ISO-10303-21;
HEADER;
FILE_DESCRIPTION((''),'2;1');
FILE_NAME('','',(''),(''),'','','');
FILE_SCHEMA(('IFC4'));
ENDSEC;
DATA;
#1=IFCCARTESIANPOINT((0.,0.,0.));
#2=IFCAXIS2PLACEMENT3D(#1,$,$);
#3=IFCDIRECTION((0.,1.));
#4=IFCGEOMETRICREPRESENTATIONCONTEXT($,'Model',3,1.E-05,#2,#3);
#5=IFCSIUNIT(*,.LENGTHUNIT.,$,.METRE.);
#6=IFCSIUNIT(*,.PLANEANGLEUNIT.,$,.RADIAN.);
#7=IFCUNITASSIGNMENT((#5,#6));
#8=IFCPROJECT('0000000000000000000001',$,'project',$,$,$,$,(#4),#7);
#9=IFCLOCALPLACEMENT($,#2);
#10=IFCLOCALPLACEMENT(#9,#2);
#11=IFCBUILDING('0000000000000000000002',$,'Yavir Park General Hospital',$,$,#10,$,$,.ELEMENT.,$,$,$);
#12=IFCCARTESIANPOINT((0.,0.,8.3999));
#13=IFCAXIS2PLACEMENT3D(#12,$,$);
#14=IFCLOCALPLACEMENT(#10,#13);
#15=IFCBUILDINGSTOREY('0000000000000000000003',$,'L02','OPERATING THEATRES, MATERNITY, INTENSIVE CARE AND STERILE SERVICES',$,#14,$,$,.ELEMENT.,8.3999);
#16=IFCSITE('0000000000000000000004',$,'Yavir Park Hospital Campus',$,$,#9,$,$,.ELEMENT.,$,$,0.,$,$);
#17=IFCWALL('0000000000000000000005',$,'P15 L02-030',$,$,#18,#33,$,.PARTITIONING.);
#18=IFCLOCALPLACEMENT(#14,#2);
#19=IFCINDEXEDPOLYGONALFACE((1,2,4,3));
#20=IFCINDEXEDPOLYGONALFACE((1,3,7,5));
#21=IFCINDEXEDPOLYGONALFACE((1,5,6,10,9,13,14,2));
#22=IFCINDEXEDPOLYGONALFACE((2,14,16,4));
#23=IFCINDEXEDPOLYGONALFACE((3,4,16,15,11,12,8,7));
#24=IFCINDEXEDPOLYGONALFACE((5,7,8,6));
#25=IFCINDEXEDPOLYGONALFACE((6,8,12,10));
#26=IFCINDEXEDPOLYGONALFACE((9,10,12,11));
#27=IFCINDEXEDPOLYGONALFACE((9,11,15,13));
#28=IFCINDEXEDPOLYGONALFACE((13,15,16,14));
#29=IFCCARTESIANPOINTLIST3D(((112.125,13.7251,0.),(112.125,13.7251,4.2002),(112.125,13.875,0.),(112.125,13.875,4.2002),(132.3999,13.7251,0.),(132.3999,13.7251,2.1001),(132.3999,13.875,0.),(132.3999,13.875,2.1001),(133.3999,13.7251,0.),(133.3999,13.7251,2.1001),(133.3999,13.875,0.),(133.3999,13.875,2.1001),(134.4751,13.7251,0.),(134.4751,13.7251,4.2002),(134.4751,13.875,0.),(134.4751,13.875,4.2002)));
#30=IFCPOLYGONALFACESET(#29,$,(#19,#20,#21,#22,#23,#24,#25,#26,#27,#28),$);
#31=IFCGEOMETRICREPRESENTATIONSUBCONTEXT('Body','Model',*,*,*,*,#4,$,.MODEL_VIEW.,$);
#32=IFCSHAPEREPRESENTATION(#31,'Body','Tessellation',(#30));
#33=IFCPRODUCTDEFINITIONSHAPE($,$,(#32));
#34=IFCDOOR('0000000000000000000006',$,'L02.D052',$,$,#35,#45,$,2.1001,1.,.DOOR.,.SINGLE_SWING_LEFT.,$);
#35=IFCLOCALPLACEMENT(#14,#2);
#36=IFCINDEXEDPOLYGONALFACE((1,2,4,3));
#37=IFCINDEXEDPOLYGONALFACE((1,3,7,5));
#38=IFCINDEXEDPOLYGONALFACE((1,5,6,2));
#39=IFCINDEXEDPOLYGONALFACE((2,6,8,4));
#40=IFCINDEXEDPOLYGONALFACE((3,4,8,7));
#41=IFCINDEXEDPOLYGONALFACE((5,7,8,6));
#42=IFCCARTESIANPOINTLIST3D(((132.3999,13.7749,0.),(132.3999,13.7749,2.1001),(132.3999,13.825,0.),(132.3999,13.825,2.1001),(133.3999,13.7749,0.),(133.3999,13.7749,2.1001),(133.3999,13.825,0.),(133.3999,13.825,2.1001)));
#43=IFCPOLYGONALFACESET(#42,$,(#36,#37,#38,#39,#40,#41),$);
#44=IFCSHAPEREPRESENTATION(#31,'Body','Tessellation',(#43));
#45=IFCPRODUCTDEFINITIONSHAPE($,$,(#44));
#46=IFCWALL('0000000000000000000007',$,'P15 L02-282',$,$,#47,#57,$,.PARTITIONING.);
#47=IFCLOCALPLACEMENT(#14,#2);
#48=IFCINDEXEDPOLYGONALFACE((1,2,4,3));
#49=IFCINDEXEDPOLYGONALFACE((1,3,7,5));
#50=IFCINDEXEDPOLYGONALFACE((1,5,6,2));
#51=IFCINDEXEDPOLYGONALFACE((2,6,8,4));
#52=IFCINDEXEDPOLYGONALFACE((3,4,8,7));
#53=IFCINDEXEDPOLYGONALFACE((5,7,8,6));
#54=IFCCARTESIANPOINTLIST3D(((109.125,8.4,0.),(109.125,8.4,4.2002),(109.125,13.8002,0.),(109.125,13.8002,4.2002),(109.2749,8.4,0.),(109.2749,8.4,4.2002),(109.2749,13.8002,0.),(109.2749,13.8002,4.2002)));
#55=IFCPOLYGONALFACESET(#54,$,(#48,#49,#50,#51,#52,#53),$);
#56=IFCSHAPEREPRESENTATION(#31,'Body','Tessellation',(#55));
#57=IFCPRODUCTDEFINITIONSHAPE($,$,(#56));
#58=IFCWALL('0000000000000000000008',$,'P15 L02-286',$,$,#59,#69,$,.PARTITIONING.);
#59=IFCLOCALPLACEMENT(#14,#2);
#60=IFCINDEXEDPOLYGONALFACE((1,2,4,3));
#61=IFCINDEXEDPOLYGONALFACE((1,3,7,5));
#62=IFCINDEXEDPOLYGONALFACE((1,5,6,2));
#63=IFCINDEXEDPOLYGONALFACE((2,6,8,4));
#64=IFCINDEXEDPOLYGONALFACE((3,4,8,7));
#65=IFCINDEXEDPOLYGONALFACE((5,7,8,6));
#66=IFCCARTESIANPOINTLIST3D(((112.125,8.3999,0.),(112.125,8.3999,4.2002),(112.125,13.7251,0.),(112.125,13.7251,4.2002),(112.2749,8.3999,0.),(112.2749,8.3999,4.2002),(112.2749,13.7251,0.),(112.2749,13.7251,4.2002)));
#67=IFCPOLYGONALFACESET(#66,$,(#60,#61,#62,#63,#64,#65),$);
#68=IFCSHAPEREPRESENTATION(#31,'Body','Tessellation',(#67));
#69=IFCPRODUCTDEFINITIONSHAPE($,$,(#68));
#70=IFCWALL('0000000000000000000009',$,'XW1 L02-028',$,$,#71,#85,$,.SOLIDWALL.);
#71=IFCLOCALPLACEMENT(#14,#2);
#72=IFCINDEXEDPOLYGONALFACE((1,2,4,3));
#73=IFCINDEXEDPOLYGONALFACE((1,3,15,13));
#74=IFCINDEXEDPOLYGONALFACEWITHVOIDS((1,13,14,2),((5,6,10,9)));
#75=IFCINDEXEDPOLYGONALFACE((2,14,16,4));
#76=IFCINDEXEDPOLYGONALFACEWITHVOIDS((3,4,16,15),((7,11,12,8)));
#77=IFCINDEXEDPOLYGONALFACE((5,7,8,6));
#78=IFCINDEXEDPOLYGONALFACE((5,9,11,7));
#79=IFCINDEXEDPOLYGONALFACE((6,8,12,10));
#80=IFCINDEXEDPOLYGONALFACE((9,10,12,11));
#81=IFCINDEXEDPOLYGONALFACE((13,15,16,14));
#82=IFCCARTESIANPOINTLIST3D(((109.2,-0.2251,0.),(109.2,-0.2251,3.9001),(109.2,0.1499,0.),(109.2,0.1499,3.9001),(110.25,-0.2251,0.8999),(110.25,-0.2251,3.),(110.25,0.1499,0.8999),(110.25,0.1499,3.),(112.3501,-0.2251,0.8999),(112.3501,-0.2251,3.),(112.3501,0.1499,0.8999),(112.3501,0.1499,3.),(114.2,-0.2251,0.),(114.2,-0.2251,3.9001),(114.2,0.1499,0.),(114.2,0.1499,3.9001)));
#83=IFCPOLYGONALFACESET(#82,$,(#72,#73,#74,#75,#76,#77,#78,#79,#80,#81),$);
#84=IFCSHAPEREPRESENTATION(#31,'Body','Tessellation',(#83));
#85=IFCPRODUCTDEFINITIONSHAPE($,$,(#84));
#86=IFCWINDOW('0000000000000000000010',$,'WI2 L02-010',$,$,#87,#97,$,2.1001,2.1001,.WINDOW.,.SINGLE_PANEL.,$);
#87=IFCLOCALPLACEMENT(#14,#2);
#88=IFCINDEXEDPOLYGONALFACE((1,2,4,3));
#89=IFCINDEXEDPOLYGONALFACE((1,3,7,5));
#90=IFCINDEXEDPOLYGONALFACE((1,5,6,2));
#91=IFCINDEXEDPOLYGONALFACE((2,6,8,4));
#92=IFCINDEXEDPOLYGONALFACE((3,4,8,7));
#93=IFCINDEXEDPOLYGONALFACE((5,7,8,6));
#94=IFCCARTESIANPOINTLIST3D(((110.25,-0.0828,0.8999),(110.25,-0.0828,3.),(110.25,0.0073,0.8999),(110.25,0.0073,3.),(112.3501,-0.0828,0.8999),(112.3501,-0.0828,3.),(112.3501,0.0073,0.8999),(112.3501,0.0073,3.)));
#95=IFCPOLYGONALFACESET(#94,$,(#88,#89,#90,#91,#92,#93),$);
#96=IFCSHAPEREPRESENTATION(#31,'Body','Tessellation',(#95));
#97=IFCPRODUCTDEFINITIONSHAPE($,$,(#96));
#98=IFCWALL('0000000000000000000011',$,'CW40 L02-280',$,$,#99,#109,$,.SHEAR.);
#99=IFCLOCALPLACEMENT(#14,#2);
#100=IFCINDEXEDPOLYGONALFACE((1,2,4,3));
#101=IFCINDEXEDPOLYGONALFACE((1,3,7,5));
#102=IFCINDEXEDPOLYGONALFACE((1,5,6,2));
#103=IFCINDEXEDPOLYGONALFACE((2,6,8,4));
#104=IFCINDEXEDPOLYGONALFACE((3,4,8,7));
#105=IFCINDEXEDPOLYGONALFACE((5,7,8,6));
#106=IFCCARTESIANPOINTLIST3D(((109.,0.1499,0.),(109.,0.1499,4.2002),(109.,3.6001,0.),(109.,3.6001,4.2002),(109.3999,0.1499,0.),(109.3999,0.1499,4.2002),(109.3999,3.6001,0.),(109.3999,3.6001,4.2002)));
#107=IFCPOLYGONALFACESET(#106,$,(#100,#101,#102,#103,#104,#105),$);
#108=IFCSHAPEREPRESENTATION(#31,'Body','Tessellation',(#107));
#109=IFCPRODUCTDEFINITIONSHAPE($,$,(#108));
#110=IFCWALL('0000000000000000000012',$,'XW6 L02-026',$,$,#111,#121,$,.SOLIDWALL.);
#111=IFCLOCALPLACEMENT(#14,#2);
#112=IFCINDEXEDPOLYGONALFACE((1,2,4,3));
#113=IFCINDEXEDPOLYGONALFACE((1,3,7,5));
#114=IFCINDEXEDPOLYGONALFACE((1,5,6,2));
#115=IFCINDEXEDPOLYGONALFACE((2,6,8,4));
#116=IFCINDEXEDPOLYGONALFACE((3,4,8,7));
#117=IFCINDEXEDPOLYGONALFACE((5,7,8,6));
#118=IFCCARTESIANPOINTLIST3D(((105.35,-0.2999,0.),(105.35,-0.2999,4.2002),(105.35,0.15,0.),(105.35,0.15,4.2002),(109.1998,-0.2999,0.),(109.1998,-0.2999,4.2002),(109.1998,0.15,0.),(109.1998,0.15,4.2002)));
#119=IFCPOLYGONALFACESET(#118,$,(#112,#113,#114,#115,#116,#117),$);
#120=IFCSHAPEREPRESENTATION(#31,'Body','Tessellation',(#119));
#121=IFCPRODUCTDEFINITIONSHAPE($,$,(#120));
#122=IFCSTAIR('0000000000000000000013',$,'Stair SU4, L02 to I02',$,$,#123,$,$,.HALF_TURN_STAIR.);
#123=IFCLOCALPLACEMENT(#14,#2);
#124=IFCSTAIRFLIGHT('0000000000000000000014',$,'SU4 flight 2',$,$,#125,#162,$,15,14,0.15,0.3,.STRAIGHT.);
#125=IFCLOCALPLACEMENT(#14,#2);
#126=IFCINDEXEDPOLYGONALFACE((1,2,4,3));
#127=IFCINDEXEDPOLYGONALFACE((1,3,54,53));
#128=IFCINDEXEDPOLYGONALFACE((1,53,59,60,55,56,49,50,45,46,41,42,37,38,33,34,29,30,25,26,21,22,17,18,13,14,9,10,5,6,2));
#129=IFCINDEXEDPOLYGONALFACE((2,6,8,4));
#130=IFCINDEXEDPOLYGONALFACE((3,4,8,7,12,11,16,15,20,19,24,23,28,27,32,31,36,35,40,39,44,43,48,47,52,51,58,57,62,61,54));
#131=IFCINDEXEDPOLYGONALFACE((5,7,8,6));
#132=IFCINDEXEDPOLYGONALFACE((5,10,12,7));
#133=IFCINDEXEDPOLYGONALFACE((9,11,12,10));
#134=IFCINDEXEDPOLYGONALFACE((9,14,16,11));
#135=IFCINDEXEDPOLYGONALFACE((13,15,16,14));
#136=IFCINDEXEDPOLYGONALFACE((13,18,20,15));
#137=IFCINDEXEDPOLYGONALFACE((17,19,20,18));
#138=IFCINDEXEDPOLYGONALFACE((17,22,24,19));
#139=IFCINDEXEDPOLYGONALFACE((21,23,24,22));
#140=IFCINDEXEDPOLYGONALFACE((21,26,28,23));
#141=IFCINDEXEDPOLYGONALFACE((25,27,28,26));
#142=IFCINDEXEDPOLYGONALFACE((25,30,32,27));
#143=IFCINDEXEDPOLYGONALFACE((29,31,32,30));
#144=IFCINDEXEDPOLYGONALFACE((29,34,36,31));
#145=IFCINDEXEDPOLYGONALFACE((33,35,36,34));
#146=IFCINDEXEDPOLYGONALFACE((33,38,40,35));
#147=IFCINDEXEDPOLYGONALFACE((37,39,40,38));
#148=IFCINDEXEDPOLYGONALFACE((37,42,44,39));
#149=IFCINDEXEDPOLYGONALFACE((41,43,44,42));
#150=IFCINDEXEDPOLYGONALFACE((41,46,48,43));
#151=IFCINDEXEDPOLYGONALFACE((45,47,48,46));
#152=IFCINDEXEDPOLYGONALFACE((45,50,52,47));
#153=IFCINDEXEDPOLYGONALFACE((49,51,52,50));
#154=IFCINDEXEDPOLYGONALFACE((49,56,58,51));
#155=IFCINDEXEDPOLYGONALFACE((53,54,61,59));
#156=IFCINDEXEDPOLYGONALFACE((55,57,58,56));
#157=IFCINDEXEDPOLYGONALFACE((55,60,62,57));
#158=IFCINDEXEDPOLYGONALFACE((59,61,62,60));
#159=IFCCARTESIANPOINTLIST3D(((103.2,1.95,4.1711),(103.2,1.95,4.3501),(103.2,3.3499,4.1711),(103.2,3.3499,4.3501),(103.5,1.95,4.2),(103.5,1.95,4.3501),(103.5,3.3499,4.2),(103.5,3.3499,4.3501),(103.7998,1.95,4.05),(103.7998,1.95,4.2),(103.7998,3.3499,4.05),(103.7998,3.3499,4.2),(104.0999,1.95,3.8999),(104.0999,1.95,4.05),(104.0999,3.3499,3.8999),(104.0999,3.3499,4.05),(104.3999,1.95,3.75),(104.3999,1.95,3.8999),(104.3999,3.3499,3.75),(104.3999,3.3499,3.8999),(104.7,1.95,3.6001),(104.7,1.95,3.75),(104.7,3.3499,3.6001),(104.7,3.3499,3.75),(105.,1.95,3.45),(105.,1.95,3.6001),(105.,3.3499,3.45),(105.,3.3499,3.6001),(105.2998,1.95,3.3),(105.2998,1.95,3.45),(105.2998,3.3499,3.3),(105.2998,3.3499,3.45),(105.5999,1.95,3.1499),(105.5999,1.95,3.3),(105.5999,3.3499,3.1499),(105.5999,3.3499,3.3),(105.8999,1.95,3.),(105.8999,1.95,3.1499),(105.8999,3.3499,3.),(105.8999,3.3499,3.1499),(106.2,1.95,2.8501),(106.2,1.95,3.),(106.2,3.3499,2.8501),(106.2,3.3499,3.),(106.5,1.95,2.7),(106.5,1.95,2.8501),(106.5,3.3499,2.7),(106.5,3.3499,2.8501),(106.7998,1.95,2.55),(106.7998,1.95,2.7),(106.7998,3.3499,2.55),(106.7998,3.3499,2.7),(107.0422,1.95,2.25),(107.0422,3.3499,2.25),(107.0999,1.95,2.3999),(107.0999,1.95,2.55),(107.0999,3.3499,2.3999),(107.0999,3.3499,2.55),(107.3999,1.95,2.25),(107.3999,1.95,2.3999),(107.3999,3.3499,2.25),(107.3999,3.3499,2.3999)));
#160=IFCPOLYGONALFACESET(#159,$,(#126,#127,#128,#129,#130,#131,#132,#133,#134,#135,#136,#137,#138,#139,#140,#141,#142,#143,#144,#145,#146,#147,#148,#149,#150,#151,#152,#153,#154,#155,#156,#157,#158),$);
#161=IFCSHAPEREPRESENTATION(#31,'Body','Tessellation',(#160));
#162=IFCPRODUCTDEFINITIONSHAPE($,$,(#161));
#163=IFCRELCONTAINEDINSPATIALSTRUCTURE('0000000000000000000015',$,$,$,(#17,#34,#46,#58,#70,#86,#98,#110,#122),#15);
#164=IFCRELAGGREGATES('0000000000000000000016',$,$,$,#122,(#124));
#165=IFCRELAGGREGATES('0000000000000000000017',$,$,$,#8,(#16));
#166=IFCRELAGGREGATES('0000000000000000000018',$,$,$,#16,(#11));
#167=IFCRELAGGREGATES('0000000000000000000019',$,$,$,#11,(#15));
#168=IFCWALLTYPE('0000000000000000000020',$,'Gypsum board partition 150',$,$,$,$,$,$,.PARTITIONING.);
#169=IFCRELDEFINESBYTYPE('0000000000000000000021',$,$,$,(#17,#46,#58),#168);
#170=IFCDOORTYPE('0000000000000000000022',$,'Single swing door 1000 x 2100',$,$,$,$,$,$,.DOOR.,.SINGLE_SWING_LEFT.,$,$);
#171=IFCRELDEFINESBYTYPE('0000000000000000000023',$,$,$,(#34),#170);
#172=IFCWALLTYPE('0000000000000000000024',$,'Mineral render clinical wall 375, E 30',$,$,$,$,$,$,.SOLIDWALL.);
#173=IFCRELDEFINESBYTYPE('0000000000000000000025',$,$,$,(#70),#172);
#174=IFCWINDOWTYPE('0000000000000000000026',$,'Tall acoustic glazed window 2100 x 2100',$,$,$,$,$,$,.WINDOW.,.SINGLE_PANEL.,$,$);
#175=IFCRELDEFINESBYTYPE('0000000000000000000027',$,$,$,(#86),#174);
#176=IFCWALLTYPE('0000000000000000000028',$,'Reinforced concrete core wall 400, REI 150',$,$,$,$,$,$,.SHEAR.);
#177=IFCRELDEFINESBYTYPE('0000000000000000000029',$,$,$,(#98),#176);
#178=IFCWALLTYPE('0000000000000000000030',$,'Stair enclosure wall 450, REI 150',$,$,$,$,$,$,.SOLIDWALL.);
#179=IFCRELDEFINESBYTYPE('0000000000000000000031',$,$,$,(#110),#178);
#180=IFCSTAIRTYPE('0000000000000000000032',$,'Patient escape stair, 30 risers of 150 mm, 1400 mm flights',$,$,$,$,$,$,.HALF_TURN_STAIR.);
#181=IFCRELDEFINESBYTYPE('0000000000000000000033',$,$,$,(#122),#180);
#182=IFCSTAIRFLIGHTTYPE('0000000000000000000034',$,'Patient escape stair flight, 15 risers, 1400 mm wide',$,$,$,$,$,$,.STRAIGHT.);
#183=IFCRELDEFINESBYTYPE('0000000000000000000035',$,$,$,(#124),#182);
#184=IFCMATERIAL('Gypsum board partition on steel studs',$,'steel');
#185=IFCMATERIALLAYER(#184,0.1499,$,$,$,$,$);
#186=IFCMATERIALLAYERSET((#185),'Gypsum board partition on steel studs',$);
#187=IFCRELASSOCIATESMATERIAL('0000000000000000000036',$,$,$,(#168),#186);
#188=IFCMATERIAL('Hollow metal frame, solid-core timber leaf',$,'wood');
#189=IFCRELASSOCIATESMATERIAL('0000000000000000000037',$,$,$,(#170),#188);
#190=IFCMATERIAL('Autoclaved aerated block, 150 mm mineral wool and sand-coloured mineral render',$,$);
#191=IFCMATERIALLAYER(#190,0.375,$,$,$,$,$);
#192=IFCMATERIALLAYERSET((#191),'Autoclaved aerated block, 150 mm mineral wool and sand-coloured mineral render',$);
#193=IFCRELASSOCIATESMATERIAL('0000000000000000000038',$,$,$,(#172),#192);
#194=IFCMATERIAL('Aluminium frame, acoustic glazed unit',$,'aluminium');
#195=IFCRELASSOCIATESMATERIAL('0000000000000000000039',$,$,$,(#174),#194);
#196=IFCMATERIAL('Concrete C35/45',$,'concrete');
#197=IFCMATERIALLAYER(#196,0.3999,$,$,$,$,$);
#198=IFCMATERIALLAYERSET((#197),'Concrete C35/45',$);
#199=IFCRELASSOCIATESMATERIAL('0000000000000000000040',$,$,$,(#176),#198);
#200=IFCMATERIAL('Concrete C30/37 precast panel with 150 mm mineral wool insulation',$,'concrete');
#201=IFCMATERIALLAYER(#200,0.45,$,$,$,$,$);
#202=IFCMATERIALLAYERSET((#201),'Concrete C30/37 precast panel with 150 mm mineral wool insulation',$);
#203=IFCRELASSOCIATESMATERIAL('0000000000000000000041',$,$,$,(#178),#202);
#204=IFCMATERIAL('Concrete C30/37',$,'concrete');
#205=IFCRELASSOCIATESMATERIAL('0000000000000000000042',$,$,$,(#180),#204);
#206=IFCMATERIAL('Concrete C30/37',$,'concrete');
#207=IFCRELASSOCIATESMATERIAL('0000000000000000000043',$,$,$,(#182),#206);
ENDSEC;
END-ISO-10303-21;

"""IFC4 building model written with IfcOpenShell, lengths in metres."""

from ifc_helpers import new_model, si_unit, direction, frame, frame_2d, origin, place, context, subcontext, project, spatial, polyline, rectangle, outline, extrude, material, layer, layer_set, type_object, element, fill, aggregate, save


model = new_model("IFC4")

# Units and contexts
model_context = context("Model", 3, precision=1e-05, world=origin(), true_north=direction((0.0, 1.0)))
body_context = subcontext(model_context, "Body", "Model", "MODEL_VIEW")
ifc_project = project(units=[si_unit("LENGTHUNIT", "METRE"), si_unit("PLANEANGLEUNIT", "RADIAN")], contexts=[model_context])

# Site, building, storey
site_placement = place(None, origin())
site = spatial("IfcSite", under=ifc_project, at=site_placement, Name="Yavir Park Hospital Campus", CompositionType="ELEMENT", RefElevation=0.0)
building_placement = place(site_placement, origin())
building = spatial("IfcBuilding", under=site, at=building_placement, Name="Yavir Park General Hospital", CompositionType="ELEMENT")
storey_placement = place(building_placement, frame((0.0, 0.0, 8.3999)))
storey = spatial("IfcBuildingStorey", under=building, at=storey_placement, Name="L02", Description="OPERATING THEATRES, MATERNITY, INTENSIVE CARE AND STERILE SERVICES", CompositionType="ELEMENT", Elevation=8.3999)

# Shared definitions
ifc_material_1 = material(Name="Gypsum board partition on steel studs", Category="steel")
ifc_layer_1 = layer(ifc_material_1, 0.1499)
ifc_layer_set_1 = layer_set([ifc_layer_1], Name="Gypsum board partition on steel studs")
wall_type_1 = type_object("IfcWallType", Name="Gypsum board partition 150", PredefinedType="PARTITIONING", material=ifc_layer_set_1)

# Wall, opening, door
wall_1_placement = place(storey_placement, frame((112.125, 13.8, 0.0), z_axis=(0.0, 0.0, 1.0), x_axis=(1.0, 0.0, 0.0)))
wall_1 = element("IfcWall", 1, at=wall_1_placement, inside=storey, type_object=wall_type_1, Name="P15 L02-030", PredefinedType="PARTITIONING", context=body_context, shape_type="SweptSolid", body=[
    extrude(rectangle(XDim=22.3501, YDim=0.1499, at=frame_2d((11.175, 0.0))), origin(), (0.0, 0.0, 1.0), 4.2002),
])
opening_1_placement = place(wall_1_placement, frame((20.2749, 0.0, 0.0)))
opening_1 = element("IfcOpeningElement", 2, at=opening_1_placement, cuts=wall_1, PredefinedType="OPENING", context=body_context, shape_type="SweptSolid", body=[
    extrude(rectangle(XDim=1.0, YDim=2.1001, at=frame_2d((0.5, 1.05))), frame((0.0, 0.085, 0.0), z_axis=(0.0, -1.0, 0.0), x_axis=(1.0, 0.0, 0.0)), (0.0, 0.0, 1.0), 0.1699),
])
ifc_material_2 = material(Name="Hollow metal frame, solid-core timber leaf", Category="wood")
door_type_1 = type_object("IfcDoorType", Name="Single swing door 1000 x 2100", OperationType="SINGLE_SWING_LEFT", PredefinedType="DOOR", material=ifc_material_2)
door_1_placement = place(opening_1_placement, origin())
door_1 = element("IfcDoor", 3, at=door_1_placement, inside=storey, type_object=door_type_1, Name="L02.D052", OperationType="SINGLE_SWING_LEFT", OverallHeight=2.1001, OverallWidth=1.0, PredefinedType="DOOR", context=body_context, shape_type="SweptSolid", body=[
    extrude(rectangle(XDim=1.0, YDim=2.1001, at=frame_2d((0.5, 1.05))), frame((0.0, 0.0249, 0.0), z_axis=(0.0, -1.0, 0.0), x_axis=(1.0, 0.0, 0.0)), (0.0, 0.0, 1.0), 0.05),
])
fill(opening_1, door_1)

# Walls
wall_2_placement = place(storey_placement, frame((109.2, 8.3999, 0.0), z_axis=(0.0, 0.0, 1.0), x_axis=(0.0, 1.0, 0.0)))
element("IfcWall", 4, at=wall_2_placement, inside=storey, type_object=wall_type_1, Name="P15 L02-282", PredefinedType="PARTITIONING", context=body_context, shape_type="SweptSolid", body=[
    extrude(rectangle(XDim=5.4001, YDim=0.1499, at=frame_2d((2.7002, 0.0))), origin(), (0.0, 0.0, 1.0), 4.2002),
])
wall_3_placement = place(storey_placement, frame((112.2, 8.3999, 0.0), z_axis=(0.0, 0.0, 1.0), x_axis=(0.0, 1.0, 0.0)))
element("IfcWall", 5, at=wall_3_placement, inside=storey, type_object=wall_type_1, Name="P15 L02-286", PredefinedType="PARTITIONING", context=body_context, shape_type="SweptSolid", body=[
    extrude(rectangle(XDim=5.3252, YDim=0.1499, at=frame_2d((2.6626, 0.0))), origin(), (0.0, 0.0, 1.0), 4.2002),
])

# Wall, opening, window
ifc_material_3 = material(Name="Autoclaved aerated block, 150 mm mineral wool and sand-coloured mineral render")
ifc_layer_2 = layer(ifc_material_3, 0.375)
ifc_layer_set_2 = layer_set([ifc_layer_2], Name="Autoclaved aerated block, 150 mm mineral wool and sand-coloured mineral render")
wall_type_2 = type_object("IfcWallType", Name="Mineral render clinical wall 375, E 30", PredefinedType="SOLIDWALL", material=ifc_layer_set_2)
wall_4_placement = place(storey_placement, frame((109.2, -0.0376, 0.0), z_axis=(0.0, 0.0, 1.0), x_axis=(1.0, 0.0, 0.0)))
wall_4 = element("IfcWall", 6, at=wall_4_placement, inside=storey, type_object=wall_type_2, Name="XW1 L02-028", PredefinedType="SOLIDWALL", context=body_context, shape_type="SweptSolid", body=[
    extrude(rectangle(XDim=5.0, YDim=0.375, at=frame_2d((2.5, 0.0))), origin(), (0.0, 0.0, 1.0), 3.9001),
])
opening_2_placement = place(wall_4_placement, frame((1.05, 0.0, 0.8999)))
opening_2 = element("IfcOpeningElement", 7, at=opening_2_placement, cuts=wall_4, PredefinedType="OPENING", context=body_context, shape_type="SweptSolid", body=[
    extrude(rectangle(XDim=2.1001, YDim=2.1001, at=frame_2d((1.05, 1.05))), frame((0.0, 0.1975, 0.0), z_axis=(0.0, -1.0, 0.0), x_axis=(1.0, 0.0, 0.0)), (0.0, 0.0, 1.0), 0.395),
])
ifc_material_4 = material(Name="Aluminium frame, acoustic glazed unit", Category="aluminium")
window_type = type_object("IfcWindowType", Name="Tall acoustic glazed window 2100 x 2100", PartitioningType="SINGLE_PANEL", PredefinedType="WINDOW", material=ifc_material_4)
window_placement = place(opening_2_placement, origin())
window = element("IfcWindow", 8, at=window_placement, inside=storey, type_object=window_type, Name="WI2 L02-010", OverallHeight=2.1001, OverallWidth=2.1001, PartitioningType="SINGLE_PANEL", PredefinedType="WINDOW", context=body_context, shape_type="SweptSolid", body=[
    extrude(rectangle(XDim=2.1001, YDim=2.1001, at=frame_2d((1.05, 1.05))), frame((0.0, 0.0449, 0.0), z_axis=(0.0, -1.0, 0.0), x_axis=(1.0, 0.0, 0.0)), (0.0, 0.0, 1.0), 0.0901),
])
fill(opening_2, window)

# Walls
ifc_material_5 = material(Name="Concrete C35/45", Category="concrete")
ifc_layer_3 = layer(ifc_material_5, 0.3999)
ifc_layer_set_3 = layer_set([ifc_layer_3], Name="Concrete C35/45")
wall_type_3 = type_object("IfcWallType", Name="Reinforced concrete core wall 400, REI 150", PredefinedType="SHEAR", material=ifc_layer_set_3)
wall_5_placement = place(storey_placement, frame((109.2, 0.1499, 0.0), z_axis=(0.0, 0.0, 1.0), x_axis=(0.0, 1.0, 0.0)))
element("IfcWall", 9, at=wall_5_placement, inside=storey, type_object=wall_type_3, Name="CW40 L02-280", PredefinedType="SHEAR", context=body_context, shape_type="SweptSolid", body=[
    extrude(rectangle(XDim=3.4502, YDim=0.3999, at=frame_2d((1.7251, 0.0))), origin(), (0.0, 0.0, 1.0), 4.2002),
])
ifc_material_6 = material(Name="Concrete C30/37 precast panel with 150 mm mineral wool insulation", Category="concrete")
ifc_layer_4 = layer(ifc_material_6, 0.45)
ifc_layer_set_4 = layer_set([ifc_layer_4], Name="Concrete C30/37 precast panel with 150 mm mineral wool insulation")
wall_type_4 = type_object("IfcWallType", Name="Stair enclosure wall 450, REI 150", PredefinedType="SOLIDWALL", material=ifc_layer_set_4)
wall_6_placement = place(storey_placement, frame((105.3501, -0.075, 0.0), z_axis=(0.0, 0.0, 1.0), x_axis=(1.0, 0.0, 0.0)))
element("IfcWall", 10, at=wall_6_placement, inside=storey, type_object=wall_type_4, Name="XW6 L02-026", PredefinedType="SOLIDWALL", context=body_context, shape_type="SweptSolid", body=[
    extrude(rectangle(XDim=3.8499, YDim=0.45, at=frame_2d((1.9248, 0.0))), origin(), (0.0, 0.0, 1.0), 4.2002),
])

# Stair, stair flight
ifc_material_7 = material(Name="Concrete C30/37", Category="concrete")
stair_type = type_object("IfcStairType", Name="Patient escape stair, 30 risers of 150 mm, 1400 mm flights", PredefinedType="HALF_TURN_STAIR", material=ifc_material_7)
stair_placement = place(storey_placement, origin())
stair = element("IfcStair", 11, at=stair_placement, inside=storey, type_object=stair_type, Name="Stair SU4, L02 to I02", PredefinedType="HALF_TURN_STAIR")
ifc_material_8 = material(Name="Concrete C30/37", Category="concrete")
stair_flight_type = type_object("IfcStairFlightType", Name="Patient escape stair flight, 15 risers, 1400 mm wide", PredefinedType="STRAIGHT", material=ifc_material_8)
stair_flight_placement = place(storey_placement, frame((107.3999, 2.6499, 2.25), z_axis=(0.0, 0.0, 1.0), x_axis=(-1.0, 0.0, 0.0)))
stair_flight = element("IfcStairFlight", 12, at=stair_flight_placement, type_object=stair_flight_type, Name="SU4 flight 2", NumberOfRisers=15, NumberOfTreads=14, PredefinedType="STRAIGHT", RiserHeight=0.15, TreadLength=0.3, context=body_context, shape_type="SweptSolid", body=[
    extrude(outline(polyline([(0.0, 0.0), (0.0, 0.1499), (0.3, 0.1499), (0.3, 0.3), (0.6001, 0.3), (0.6001, 0.45), (0.8999, 0.45), (0.8999, 0.6001), (1.2, 0.6001), (1.2, 0.75), (1.5, 0.75), (1.5, 0.8999), (1.8, 0.8999), (1.8, 1.05), (2.1001, 1.05), (2.1001, 1.2), (2.3999, 1.2), (2.3999, 1.3501), (2.7, 1.3501), (2.7, 1.5), (3.0, 1.5), (3.0, 1.6499), (3.3, 1.6499), (3.3, 1.8), (3.6001, 1.8), (3.6001, 1.95), (3.8999, 1.95), (3.8999, 2.1001), (4.2, 2.1001), (4.2, 2.25), (4.2, 1.9211), (0.3577, 0.0), (0.0, 0.0)])), frame((0.0, 0.7, 0.0), z_axis=(0.0, -1.0, 0.0), x_axis=(1.0, 0.0, 0.0)), (0.0, 0.0, 1.0), 1.3999),
])
aggregate(stair, [stair_flight])

save(model, "model.ifc")
